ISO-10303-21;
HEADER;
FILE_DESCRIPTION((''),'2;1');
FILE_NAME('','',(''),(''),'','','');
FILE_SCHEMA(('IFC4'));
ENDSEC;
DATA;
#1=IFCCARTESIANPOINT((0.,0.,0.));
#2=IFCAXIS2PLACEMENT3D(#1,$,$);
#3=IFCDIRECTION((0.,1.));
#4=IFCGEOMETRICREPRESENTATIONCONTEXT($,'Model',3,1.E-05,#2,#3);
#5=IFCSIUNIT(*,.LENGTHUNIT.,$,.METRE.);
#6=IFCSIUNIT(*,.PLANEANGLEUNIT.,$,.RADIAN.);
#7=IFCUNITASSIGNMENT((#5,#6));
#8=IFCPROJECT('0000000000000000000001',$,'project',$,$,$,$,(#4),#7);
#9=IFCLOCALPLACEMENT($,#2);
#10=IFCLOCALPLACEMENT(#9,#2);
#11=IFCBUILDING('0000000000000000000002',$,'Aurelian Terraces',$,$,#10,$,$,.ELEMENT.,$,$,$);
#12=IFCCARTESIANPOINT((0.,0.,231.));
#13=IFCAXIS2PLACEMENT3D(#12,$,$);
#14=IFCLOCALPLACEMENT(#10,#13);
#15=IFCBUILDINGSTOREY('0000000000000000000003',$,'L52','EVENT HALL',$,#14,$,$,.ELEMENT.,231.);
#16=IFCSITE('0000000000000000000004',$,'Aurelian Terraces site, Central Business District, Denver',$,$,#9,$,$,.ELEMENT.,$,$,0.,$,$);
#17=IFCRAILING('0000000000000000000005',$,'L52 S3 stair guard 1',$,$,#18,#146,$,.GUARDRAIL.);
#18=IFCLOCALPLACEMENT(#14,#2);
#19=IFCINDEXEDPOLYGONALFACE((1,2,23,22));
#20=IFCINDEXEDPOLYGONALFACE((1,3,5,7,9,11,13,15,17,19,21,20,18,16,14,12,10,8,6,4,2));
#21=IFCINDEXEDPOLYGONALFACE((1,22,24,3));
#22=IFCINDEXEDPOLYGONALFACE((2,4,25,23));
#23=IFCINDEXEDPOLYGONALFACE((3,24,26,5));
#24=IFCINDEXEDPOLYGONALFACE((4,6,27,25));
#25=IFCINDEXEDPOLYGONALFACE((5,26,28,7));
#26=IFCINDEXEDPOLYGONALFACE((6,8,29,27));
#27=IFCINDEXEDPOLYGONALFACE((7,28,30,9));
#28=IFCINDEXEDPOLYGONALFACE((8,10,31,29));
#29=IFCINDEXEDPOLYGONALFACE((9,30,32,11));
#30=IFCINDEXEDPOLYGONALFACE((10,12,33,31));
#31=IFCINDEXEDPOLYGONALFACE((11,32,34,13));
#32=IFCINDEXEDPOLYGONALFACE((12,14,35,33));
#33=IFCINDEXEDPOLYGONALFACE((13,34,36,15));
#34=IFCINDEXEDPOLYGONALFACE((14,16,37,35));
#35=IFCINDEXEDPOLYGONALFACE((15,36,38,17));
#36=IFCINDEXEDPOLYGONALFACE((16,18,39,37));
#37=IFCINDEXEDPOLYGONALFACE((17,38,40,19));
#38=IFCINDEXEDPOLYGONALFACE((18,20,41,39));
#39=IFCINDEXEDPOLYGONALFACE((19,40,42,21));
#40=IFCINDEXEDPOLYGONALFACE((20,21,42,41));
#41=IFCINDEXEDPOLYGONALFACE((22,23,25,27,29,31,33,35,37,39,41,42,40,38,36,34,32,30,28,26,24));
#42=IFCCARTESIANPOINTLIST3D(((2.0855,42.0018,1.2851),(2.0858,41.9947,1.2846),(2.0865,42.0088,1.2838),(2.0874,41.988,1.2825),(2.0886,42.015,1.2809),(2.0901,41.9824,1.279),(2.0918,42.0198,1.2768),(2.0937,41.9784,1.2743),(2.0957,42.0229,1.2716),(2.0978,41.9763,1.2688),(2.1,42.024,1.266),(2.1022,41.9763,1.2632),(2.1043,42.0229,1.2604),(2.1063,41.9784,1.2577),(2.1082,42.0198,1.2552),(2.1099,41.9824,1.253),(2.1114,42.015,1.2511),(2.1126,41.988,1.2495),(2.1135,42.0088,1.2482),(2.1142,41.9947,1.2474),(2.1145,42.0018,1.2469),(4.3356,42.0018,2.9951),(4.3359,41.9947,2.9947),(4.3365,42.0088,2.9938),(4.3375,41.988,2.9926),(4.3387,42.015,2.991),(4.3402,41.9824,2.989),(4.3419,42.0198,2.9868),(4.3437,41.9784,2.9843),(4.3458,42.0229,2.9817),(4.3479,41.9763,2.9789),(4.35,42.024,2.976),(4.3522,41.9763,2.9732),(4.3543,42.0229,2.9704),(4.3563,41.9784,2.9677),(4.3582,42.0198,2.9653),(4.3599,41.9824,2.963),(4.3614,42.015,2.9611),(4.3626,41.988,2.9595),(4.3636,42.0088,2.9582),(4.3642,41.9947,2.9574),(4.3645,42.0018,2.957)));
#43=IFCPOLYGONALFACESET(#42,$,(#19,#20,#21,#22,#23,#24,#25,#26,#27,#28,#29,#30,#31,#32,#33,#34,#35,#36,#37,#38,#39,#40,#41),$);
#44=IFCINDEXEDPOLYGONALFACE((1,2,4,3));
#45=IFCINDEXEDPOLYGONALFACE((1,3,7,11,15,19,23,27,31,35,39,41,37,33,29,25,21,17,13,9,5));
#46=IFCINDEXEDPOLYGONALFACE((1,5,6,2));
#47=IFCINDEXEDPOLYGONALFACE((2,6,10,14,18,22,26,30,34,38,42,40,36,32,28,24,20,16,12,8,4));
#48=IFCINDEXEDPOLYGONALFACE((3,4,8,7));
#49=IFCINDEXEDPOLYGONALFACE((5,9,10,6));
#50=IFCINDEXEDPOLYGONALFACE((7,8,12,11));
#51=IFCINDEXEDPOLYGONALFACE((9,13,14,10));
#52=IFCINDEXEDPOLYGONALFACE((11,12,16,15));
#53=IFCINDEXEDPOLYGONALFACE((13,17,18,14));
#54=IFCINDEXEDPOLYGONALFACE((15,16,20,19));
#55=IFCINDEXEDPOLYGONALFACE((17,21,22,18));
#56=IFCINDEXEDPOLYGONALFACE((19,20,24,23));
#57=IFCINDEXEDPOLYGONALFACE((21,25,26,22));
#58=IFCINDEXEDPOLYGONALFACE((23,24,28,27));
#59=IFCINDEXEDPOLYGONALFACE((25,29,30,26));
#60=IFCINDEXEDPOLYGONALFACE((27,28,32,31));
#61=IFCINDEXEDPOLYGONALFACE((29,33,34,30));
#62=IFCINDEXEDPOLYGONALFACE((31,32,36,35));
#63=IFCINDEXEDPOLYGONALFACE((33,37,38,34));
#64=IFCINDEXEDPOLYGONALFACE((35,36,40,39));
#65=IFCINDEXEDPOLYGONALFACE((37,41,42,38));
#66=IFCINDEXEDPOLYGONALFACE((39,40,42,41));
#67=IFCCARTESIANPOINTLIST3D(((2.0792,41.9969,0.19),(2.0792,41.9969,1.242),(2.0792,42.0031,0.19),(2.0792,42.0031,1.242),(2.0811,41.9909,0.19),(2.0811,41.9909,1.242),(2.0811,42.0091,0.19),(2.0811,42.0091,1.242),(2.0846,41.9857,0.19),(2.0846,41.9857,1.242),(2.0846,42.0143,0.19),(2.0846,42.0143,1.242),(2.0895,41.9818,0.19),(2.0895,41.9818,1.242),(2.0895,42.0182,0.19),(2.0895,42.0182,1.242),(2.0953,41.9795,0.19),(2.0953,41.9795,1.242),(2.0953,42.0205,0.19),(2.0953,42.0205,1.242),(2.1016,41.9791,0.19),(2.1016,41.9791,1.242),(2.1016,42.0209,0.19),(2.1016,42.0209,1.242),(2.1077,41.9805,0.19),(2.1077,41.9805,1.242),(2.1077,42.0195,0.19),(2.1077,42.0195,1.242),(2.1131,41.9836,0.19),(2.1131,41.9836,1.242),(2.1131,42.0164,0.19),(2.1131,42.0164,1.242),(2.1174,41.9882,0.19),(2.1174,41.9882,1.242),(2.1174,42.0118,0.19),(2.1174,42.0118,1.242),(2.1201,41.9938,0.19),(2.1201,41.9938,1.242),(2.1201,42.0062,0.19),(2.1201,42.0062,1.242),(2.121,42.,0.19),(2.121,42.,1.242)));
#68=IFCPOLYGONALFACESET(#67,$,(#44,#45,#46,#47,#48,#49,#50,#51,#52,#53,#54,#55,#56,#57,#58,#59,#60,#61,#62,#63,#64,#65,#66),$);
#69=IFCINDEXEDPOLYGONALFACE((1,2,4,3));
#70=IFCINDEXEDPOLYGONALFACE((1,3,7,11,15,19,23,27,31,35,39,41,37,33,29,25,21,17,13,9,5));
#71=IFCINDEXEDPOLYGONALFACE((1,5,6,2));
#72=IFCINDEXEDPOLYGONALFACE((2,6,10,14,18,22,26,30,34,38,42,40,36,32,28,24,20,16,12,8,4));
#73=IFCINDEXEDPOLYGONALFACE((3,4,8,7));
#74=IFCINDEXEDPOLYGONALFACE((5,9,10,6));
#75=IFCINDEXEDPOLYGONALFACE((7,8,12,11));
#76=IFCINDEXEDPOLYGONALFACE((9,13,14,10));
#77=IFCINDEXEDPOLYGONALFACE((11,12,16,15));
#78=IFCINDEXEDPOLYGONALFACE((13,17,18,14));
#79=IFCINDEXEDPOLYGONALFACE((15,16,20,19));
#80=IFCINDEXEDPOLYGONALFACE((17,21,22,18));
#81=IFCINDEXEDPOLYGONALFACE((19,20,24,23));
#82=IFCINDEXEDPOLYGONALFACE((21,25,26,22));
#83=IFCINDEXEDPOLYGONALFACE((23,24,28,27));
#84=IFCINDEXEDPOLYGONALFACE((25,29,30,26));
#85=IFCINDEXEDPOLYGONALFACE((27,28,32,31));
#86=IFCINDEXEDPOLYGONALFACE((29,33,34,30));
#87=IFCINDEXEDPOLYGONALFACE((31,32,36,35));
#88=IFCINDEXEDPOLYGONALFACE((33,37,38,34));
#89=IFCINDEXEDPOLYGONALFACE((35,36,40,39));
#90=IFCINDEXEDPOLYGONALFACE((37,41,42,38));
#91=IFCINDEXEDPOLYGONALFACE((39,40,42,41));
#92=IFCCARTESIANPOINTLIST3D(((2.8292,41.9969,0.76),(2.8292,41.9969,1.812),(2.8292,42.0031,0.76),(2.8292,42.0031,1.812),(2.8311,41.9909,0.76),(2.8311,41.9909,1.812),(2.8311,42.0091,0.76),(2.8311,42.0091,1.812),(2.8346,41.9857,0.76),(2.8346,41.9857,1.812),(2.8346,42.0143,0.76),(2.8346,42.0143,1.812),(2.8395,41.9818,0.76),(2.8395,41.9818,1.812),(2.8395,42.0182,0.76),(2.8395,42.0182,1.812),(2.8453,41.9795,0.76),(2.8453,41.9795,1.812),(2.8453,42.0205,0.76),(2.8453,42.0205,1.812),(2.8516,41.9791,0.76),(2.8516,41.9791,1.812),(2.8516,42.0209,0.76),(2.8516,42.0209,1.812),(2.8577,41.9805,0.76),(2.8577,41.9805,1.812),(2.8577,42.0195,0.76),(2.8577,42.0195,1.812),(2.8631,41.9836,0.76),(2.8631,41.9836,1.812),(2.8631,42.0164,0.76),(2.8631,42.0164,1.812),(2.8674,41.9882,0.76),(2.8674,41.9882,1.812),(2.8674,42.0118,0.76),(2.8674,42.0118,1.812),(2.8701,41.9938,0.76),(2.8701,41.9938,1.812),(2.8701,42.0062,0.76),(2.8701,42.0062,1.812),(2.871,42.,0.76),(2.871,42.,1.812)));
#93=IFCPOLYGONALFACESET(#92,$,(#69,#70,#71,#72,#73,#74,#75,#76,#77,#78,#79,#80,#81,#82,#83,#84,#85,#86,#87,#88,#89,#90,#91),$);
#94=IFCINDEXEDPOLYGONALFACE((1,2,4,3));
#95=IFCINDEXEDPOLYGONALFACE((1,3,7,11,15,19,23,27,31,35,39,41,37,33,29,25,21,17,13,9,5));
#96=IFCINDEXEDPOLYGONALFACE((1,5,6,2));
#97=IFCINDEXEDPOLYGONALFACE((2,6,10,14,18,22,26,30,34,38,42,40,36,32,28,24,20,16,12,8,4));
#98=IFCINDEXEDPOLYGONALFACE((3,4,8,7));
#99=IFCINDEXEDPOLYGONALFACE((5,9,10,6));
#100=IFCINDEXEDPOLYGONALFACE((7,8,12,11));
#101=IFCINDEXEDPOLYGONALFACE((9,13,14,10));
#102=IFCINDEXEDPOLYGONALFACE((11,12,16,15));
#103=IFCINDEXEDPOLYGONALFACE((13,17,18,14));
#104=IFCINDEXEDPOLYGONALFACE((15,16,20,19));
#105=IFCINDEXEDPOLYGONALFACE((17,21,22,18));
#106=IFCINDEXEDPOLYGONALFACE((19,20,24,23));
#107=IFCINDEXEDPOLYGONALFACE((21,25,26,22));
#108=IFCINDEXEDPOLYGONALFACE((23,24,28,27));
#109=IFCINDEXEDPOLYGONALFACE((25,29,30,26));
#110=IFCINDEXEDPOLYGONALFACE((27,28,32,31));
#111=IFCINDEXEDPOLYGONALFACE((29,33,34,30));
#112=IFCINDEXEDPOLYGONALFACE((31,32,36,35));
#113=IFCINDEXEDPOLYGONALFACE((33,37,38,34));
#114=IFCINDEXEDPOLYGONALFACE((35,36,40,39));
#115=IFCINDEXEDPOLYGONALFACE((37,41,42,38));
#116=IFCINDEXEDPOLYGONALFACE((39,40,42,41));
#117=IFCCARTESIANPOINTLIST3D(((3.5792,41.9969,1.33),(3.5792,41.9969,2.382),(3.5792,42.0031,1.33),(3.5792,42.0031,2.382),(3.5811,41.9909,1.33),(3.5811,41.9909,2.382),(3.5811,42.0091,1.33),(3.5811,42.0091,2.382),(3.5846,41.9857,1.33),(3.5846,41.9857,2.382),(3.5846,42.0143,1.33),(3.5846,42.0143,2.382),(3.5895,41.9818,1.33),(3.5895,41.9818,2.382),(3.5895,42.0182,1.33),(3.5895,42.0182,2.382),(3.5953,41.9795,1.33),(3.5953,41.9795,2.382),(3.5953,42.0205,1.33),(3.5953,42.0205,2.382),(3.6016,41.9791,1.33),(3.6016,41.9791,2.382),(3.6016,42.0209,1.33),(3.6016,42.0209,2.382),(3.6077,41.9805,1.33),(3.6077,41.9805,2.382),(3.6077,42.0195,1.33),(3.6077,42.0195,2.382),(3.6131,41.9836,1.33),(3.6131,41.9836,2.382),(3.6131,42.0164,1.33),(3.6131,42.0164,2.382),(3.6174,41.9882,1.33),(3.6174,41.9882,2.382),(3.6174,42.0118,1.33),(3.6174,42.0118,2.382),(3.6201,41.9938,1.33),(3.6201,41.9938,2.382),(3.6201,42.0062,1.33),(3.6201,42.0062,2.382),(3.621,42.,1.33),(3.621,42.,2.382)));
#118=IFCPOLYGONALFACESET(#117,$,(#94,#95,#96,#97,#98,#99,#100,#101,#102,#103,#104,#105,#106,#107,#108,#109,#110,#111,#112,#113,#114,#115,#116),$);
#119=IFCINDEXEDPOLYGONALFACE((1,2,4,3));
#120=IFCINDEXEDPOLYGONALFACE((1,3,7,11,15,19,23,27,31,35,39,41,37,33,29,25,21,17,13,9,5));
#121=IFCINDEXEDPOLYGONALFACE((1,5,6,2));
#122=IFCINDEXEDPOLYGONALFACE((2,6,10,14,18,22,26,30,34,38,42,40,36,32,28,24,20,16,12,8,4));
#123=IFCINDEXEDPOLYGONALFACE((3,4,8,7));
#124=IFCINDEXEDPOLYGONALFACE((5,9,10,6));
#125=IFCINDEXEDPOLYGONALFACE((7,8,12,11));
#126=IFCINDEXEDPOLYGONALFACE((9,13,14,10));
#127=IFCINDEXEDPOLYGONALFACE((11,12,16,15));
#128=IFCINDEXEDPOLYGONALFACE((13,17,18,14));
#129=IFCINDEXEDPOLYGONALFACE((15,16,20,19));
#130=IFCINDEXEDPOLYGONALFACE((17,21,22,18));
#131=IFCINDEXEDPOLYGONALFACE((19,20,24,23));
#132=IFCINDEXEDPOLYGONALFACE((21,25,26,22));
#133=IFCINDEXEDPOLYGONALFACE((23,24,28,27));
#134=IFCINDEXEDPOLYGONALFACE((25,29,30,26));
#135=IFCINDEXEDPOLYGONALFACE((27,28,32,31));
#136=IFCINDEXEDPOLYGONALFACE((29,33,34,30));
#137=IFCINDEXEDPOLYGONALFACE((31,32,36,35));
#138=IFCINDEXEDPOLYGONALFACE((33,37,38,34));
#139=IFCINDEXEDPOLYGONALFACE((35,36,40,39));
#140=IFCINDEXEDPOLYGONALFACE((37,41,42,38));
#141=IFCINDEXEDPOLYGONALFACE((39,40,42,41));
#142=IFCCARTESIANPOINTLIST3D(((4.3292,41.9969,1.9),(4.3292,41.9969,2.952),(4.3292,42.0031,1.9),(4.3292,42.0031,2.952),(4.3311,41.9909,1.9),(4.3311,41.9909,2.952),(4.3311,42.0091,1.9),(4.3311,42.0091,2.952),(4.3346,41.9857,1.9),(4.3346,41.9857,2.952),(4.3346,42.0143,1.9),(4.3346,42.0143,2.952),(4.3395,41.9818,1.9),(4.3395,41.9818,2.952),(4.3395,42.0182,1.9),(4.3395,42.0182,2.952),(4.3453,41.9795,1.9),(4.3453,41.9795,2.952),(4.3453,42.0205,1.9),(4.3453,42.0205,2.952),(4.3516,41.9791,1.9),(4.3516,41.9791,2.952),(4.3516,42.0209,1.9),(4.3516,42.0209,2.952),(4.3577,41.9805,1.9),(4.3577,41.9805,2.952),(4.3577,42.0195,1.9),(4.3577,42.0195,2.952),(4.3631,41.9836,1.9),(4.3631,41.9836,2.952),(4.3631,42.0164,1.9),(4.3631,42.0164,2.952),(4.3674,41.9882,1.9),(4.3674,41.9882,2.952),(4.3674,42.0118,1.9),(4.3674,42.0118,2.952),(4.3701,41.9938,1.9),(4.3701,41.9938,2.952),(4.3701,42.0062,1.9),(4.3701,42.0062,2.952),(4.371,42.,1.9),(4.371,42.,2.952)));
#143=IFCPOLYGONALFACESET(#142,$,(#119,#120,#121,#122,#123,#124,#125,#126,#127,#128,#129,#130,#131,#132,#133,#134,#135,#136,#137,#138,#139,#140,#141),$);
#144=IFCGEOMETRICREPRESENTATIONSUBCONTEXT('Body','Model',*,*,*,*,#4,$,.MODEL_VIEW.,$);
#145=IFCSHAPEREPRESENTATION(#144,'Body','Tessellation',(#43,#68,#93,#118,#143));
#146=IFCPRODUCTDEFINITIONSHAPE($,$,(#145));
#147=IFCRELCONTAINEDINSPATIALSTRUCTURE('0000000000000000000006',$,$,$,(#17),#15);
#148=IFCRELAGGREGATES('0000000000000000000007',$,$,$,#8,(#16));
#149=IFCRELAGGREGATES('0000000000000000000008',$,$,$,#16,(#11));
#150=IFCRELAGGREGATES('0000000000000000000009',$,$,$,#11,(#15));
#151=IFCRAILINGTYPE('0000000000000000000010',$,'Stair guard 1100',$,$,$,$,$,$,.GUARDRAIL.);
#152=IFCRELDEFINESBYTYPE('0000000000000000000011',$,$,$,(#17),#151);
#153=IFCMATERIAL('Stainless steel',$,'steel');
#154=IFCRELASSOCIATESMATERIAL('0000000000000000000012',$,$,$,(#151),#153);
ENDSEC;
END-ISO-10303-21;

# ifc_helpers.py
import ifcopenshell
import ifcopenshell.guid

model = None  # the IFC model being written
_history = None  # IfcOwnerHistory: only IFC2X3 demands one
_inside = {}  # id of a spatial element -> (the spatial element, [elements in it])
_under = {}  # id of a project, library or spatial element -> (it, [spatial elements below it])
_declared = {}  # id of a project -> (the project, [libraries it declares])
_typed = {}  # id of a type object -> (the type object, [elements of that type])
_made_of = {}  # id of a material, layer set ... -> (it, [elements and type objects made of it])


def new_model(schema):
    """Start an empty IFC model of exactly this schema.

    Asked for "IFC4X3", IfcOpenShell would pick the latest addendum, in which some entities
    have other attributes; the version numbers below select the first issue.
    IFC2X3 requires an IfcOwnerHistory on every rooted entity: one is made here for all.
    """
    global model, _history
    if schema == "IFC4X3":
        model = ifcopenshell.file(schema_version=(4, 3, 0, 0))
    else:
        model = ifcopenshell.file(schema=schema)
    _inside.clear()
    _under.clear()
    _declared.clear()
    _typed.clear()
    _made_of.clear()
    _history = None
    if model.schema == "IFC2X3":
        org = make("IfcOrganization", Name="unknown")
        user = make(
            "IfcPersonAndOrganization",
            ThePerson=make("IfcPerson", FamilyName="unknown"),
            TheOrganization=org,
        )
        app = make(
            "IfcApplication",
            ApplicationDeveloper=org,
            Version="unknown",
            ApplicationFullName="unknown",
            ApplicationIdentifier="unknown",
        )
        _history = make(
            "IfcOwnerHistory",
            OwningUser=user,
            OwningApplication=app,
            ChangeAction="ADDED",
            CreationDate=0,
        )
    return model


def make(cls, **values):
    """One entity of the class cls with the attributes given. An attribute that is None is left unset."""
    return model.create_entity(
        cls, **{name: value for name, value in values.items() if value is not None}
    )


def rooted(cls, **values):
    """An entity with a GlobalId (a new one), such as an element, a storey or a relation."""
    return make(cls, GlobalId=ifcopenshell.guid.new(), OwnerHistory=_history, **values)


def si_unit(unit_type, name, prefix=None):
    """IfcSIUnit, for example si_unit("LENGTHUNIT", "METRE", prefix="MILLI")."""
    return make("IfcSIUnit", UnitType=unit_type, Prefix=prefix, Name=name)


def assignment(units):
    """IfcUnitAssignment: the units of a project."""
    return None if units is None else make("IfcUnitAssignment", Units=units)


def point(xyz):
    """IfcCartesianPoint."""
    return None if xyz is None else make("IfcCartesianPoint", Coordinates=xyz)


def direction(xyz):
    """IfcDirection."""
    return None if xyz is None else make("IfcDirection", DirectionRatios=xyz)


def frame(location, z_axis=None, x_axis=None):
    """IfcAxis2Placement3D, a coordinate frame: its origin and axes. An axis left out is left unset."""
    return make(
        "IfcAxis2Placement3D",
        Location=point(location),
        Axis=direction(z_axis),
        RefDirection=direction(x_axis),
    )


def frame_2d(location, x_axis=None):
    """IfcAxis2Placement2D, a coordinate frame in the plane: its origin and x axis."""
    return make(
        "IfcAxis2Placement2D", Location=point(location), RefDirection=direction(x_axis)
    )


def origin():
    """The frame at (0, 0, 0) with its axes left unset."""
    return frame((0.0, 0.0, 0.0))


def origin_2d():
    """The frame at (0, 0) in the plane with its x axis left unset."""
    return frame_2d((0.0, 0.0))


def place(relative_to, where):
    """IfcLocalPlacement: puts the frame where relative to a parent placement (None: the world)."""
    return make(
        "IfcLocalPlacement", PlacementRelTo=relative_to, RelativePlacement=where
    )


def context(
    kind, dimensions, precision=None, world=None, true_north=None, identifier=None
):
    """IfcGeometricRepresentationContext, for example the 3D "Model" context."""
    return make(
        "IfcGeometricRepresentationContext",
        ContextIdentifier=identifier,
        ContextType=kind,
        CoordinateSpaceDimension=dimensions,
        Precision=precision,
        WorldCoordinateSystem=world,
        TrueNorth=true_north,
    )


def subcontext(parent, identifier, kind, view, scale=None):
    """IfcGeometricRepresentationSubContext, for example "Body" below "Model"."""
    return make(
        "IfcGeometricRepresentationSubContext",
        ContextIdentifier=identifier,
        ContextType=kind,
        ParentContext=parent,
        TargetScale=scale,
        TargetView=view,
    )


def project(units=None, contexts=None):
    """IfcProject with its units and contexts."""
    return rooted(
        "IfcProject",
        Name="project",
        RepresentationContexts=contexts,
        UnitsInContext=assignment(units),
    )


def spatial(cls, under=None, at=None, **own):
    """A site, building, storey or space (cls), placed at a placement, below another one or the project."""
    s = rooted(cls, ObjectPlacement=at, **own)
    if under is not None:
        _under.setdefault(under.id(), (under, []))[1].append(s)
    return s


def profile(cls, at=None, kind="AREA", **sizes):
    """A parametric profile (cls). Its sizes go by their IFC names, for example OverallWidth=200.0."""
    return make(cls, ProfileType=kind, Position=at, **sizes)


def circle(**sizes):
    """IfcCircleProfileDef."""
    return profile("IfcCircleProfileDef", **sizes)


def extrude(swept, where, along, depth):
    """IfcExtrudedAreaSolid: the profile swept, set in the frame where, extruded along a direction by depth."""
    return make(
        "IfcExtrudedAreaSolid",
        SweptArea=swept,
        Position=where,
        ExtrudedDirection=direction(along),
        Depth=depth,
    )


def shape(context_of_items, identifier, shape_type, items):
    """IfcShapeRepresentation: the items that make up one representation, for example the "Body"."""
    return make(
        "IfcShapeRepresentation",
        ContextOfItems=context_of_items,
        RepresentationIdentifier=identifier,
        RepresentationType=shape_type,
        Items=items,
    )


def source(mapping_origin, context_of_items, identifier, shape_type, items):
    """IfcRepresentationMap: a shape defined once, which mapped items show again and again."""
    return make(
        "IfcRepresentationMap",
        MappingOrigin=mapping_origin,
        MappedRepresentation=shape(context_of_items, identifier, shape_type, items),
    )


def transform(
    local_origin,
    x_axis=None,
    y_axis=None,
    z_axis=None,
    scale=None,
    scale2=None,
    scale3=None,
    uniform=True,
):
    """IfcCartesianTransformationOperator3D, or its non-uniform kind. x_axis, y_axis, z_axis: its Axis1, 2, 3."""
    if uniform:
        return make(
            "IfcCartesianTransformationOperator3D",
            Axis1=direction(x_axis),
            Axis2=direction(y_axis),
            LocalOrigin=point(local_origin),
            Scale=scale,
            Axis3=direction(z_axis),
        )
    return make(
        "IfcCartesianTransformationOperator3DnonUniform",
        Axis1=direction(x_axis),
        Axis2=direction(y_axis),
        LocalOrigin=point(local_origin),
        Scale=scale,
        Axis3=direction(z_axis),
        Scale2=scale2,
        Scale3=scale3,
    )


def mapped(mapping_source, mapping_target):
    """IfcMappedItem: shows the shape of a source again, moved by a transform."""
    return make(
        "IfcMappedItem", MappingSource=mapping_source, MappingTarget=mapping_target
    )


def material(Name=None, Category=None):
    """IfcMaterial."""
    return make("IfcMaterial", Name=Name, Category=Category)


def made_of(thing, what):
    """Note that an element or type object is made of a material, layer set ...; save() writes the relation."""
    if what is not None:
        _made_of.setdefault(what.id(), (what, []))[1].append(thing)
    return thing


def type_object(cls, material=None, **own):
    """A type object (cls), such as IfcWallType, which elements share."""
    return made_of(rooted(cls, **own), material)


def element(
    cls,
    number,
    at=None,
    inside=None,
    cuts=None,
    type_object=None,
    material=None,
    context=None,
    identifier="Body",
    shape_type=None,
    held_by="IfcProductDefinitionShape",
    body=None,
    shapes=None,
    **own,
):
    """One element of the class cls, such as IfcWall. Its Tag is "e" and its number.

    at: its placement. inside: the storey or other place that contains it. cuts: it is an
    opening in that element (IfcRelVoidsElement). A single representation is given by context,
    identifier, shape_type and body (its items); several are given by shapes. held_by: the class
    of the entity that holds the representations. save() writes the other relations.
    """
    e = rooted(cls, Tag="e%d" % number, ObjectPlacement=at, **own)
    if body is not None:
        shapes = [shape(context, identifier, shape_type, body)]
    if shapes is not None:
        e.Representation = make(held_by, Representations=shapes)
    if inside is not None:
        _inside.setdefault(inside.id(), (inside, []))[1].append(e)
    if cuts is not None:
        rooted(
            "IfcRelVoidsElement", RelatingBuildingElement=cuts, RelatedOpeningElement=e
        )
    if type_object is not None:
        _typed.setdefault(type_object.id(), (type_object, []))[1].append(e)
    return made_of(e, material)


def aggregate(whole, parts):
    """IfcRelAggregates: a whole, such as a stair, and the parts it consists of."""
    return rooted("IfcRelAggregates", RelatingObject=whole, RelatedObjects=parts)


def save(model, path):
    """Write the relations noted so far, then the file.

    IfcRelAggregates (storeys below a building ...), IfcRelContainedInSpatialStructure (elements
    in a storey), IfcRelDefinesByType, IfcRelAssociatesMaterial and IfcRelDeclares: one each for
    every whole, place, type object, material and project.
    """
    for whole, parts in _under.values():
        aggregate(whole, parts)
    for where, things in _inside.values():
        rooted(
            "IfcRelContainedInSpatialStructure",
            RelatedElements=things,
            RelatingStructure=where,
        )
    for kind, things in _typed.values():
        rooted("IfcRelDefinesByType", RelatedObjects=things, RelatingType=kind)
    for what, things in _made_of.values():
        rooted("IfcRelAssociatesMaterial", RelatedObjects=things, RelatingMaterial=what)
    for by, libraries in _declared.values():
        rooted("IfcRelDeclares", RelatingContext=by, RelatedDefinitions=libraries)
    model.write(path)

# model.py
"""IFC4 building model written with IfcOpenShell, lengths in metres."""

from ifc_helpers import new_model, si_unit, direction, frame, origin, origin_2d, place, context, subcontext, project, spatial, circle, extrude, source, transform, mapped, material, type_object, element, save


model = new_model("IFC4")

# Units and contexts
model_context = context("Model", 3, precision=1e-05, world=origin(), true_north=direction((0.0, 1.0)))
body_context = subcontext(model_context, "Body", "Model", "MODEL_VIEW")
ifc_project = project(units=[si_unit("LENGTHUNIT", "METRE"), si_unit("PLANEANGLEUNIT", "RADIAN")], contexts=[model_context])

# Site, building, storey
site_placement = place(None, origin())
site = spatial("IfcSite", under=ifc_project, at=site_placement, Name="Aurelian Terraces site, Central Business District, Denver", CompositionType="ELEMENT", RefElevation=0.0)
building_placement = place(site_placement, origin())
building = spatial("IfcBuilding", under=site, at=building_placement, Name="Aurelian Terraces", CompositionType="ELEMENT")
storey_placement = place(building_placement, frame((0.0, 0.0, 231.0)))
storey = spatial("IfcBuildingStorey", under=building, at=storey_placement, Name="L52", Description="EVENT HALL", CompositionType="ELEMENT", Elevation=231.0)

# Railing
ifc_material_1 = material(Name="Stainless steel", Category="steel")
railing_type_1 = type_object("IfcRailingType", Name="Stair guard 1100", PredefinedType="GUARDRAIL", material=ifc_material_1)
shared_shape_1 = source(origin(), body_context, "Body", "SweptSolid", [
    extrude(circle(Radius=0.024, at=origin_2d()), frame((0.0, 0.0, 1.076), z_axis=(0.796162, 0.0, 0.605083), x_axis=(0.0, 1.0, 0.0)), (0.0, 0.0, 1.0), 2.8261),
    extrude(circle(Radius=0.021, at=origin_2d()), origin(), (0.0, 0.0, 1.0), 1.052),
    extrude(circle(Radius=0.021, at=origin_2d()), frame((0.75, 0.0, 0.57)), (0.0, 0.0, 1.0), 1.052),
    extrude(circle(Radius=0.021, at=origin_2d()), frame((1.5, 0.0, 1.14)), (0.0, 0.0, 1.0), 1.052),
    extrude(circle(Radius=0.021, at=origin_2d()), frame((2.25, 0.0, 1.71)), (0.0, 0.0, 1.0), 1.052),
])
railing_1_placement = place(storey_placement, frame((2.1, 42.0, 0.19)))
element("IfcRailing", 1, at=railing_1_placement, inside=storey, type_object=railing_type_1, Name="L52 S3 stair guard 1", PredefinedType="GUARDRAIL", context=body_context, shape_type="MappedRepresentation", body=[
    mapped(shared_shape_1, transform((0.0, 0.0, 0.0), scale=1.0)),
])

save(model, "model.ifc")
